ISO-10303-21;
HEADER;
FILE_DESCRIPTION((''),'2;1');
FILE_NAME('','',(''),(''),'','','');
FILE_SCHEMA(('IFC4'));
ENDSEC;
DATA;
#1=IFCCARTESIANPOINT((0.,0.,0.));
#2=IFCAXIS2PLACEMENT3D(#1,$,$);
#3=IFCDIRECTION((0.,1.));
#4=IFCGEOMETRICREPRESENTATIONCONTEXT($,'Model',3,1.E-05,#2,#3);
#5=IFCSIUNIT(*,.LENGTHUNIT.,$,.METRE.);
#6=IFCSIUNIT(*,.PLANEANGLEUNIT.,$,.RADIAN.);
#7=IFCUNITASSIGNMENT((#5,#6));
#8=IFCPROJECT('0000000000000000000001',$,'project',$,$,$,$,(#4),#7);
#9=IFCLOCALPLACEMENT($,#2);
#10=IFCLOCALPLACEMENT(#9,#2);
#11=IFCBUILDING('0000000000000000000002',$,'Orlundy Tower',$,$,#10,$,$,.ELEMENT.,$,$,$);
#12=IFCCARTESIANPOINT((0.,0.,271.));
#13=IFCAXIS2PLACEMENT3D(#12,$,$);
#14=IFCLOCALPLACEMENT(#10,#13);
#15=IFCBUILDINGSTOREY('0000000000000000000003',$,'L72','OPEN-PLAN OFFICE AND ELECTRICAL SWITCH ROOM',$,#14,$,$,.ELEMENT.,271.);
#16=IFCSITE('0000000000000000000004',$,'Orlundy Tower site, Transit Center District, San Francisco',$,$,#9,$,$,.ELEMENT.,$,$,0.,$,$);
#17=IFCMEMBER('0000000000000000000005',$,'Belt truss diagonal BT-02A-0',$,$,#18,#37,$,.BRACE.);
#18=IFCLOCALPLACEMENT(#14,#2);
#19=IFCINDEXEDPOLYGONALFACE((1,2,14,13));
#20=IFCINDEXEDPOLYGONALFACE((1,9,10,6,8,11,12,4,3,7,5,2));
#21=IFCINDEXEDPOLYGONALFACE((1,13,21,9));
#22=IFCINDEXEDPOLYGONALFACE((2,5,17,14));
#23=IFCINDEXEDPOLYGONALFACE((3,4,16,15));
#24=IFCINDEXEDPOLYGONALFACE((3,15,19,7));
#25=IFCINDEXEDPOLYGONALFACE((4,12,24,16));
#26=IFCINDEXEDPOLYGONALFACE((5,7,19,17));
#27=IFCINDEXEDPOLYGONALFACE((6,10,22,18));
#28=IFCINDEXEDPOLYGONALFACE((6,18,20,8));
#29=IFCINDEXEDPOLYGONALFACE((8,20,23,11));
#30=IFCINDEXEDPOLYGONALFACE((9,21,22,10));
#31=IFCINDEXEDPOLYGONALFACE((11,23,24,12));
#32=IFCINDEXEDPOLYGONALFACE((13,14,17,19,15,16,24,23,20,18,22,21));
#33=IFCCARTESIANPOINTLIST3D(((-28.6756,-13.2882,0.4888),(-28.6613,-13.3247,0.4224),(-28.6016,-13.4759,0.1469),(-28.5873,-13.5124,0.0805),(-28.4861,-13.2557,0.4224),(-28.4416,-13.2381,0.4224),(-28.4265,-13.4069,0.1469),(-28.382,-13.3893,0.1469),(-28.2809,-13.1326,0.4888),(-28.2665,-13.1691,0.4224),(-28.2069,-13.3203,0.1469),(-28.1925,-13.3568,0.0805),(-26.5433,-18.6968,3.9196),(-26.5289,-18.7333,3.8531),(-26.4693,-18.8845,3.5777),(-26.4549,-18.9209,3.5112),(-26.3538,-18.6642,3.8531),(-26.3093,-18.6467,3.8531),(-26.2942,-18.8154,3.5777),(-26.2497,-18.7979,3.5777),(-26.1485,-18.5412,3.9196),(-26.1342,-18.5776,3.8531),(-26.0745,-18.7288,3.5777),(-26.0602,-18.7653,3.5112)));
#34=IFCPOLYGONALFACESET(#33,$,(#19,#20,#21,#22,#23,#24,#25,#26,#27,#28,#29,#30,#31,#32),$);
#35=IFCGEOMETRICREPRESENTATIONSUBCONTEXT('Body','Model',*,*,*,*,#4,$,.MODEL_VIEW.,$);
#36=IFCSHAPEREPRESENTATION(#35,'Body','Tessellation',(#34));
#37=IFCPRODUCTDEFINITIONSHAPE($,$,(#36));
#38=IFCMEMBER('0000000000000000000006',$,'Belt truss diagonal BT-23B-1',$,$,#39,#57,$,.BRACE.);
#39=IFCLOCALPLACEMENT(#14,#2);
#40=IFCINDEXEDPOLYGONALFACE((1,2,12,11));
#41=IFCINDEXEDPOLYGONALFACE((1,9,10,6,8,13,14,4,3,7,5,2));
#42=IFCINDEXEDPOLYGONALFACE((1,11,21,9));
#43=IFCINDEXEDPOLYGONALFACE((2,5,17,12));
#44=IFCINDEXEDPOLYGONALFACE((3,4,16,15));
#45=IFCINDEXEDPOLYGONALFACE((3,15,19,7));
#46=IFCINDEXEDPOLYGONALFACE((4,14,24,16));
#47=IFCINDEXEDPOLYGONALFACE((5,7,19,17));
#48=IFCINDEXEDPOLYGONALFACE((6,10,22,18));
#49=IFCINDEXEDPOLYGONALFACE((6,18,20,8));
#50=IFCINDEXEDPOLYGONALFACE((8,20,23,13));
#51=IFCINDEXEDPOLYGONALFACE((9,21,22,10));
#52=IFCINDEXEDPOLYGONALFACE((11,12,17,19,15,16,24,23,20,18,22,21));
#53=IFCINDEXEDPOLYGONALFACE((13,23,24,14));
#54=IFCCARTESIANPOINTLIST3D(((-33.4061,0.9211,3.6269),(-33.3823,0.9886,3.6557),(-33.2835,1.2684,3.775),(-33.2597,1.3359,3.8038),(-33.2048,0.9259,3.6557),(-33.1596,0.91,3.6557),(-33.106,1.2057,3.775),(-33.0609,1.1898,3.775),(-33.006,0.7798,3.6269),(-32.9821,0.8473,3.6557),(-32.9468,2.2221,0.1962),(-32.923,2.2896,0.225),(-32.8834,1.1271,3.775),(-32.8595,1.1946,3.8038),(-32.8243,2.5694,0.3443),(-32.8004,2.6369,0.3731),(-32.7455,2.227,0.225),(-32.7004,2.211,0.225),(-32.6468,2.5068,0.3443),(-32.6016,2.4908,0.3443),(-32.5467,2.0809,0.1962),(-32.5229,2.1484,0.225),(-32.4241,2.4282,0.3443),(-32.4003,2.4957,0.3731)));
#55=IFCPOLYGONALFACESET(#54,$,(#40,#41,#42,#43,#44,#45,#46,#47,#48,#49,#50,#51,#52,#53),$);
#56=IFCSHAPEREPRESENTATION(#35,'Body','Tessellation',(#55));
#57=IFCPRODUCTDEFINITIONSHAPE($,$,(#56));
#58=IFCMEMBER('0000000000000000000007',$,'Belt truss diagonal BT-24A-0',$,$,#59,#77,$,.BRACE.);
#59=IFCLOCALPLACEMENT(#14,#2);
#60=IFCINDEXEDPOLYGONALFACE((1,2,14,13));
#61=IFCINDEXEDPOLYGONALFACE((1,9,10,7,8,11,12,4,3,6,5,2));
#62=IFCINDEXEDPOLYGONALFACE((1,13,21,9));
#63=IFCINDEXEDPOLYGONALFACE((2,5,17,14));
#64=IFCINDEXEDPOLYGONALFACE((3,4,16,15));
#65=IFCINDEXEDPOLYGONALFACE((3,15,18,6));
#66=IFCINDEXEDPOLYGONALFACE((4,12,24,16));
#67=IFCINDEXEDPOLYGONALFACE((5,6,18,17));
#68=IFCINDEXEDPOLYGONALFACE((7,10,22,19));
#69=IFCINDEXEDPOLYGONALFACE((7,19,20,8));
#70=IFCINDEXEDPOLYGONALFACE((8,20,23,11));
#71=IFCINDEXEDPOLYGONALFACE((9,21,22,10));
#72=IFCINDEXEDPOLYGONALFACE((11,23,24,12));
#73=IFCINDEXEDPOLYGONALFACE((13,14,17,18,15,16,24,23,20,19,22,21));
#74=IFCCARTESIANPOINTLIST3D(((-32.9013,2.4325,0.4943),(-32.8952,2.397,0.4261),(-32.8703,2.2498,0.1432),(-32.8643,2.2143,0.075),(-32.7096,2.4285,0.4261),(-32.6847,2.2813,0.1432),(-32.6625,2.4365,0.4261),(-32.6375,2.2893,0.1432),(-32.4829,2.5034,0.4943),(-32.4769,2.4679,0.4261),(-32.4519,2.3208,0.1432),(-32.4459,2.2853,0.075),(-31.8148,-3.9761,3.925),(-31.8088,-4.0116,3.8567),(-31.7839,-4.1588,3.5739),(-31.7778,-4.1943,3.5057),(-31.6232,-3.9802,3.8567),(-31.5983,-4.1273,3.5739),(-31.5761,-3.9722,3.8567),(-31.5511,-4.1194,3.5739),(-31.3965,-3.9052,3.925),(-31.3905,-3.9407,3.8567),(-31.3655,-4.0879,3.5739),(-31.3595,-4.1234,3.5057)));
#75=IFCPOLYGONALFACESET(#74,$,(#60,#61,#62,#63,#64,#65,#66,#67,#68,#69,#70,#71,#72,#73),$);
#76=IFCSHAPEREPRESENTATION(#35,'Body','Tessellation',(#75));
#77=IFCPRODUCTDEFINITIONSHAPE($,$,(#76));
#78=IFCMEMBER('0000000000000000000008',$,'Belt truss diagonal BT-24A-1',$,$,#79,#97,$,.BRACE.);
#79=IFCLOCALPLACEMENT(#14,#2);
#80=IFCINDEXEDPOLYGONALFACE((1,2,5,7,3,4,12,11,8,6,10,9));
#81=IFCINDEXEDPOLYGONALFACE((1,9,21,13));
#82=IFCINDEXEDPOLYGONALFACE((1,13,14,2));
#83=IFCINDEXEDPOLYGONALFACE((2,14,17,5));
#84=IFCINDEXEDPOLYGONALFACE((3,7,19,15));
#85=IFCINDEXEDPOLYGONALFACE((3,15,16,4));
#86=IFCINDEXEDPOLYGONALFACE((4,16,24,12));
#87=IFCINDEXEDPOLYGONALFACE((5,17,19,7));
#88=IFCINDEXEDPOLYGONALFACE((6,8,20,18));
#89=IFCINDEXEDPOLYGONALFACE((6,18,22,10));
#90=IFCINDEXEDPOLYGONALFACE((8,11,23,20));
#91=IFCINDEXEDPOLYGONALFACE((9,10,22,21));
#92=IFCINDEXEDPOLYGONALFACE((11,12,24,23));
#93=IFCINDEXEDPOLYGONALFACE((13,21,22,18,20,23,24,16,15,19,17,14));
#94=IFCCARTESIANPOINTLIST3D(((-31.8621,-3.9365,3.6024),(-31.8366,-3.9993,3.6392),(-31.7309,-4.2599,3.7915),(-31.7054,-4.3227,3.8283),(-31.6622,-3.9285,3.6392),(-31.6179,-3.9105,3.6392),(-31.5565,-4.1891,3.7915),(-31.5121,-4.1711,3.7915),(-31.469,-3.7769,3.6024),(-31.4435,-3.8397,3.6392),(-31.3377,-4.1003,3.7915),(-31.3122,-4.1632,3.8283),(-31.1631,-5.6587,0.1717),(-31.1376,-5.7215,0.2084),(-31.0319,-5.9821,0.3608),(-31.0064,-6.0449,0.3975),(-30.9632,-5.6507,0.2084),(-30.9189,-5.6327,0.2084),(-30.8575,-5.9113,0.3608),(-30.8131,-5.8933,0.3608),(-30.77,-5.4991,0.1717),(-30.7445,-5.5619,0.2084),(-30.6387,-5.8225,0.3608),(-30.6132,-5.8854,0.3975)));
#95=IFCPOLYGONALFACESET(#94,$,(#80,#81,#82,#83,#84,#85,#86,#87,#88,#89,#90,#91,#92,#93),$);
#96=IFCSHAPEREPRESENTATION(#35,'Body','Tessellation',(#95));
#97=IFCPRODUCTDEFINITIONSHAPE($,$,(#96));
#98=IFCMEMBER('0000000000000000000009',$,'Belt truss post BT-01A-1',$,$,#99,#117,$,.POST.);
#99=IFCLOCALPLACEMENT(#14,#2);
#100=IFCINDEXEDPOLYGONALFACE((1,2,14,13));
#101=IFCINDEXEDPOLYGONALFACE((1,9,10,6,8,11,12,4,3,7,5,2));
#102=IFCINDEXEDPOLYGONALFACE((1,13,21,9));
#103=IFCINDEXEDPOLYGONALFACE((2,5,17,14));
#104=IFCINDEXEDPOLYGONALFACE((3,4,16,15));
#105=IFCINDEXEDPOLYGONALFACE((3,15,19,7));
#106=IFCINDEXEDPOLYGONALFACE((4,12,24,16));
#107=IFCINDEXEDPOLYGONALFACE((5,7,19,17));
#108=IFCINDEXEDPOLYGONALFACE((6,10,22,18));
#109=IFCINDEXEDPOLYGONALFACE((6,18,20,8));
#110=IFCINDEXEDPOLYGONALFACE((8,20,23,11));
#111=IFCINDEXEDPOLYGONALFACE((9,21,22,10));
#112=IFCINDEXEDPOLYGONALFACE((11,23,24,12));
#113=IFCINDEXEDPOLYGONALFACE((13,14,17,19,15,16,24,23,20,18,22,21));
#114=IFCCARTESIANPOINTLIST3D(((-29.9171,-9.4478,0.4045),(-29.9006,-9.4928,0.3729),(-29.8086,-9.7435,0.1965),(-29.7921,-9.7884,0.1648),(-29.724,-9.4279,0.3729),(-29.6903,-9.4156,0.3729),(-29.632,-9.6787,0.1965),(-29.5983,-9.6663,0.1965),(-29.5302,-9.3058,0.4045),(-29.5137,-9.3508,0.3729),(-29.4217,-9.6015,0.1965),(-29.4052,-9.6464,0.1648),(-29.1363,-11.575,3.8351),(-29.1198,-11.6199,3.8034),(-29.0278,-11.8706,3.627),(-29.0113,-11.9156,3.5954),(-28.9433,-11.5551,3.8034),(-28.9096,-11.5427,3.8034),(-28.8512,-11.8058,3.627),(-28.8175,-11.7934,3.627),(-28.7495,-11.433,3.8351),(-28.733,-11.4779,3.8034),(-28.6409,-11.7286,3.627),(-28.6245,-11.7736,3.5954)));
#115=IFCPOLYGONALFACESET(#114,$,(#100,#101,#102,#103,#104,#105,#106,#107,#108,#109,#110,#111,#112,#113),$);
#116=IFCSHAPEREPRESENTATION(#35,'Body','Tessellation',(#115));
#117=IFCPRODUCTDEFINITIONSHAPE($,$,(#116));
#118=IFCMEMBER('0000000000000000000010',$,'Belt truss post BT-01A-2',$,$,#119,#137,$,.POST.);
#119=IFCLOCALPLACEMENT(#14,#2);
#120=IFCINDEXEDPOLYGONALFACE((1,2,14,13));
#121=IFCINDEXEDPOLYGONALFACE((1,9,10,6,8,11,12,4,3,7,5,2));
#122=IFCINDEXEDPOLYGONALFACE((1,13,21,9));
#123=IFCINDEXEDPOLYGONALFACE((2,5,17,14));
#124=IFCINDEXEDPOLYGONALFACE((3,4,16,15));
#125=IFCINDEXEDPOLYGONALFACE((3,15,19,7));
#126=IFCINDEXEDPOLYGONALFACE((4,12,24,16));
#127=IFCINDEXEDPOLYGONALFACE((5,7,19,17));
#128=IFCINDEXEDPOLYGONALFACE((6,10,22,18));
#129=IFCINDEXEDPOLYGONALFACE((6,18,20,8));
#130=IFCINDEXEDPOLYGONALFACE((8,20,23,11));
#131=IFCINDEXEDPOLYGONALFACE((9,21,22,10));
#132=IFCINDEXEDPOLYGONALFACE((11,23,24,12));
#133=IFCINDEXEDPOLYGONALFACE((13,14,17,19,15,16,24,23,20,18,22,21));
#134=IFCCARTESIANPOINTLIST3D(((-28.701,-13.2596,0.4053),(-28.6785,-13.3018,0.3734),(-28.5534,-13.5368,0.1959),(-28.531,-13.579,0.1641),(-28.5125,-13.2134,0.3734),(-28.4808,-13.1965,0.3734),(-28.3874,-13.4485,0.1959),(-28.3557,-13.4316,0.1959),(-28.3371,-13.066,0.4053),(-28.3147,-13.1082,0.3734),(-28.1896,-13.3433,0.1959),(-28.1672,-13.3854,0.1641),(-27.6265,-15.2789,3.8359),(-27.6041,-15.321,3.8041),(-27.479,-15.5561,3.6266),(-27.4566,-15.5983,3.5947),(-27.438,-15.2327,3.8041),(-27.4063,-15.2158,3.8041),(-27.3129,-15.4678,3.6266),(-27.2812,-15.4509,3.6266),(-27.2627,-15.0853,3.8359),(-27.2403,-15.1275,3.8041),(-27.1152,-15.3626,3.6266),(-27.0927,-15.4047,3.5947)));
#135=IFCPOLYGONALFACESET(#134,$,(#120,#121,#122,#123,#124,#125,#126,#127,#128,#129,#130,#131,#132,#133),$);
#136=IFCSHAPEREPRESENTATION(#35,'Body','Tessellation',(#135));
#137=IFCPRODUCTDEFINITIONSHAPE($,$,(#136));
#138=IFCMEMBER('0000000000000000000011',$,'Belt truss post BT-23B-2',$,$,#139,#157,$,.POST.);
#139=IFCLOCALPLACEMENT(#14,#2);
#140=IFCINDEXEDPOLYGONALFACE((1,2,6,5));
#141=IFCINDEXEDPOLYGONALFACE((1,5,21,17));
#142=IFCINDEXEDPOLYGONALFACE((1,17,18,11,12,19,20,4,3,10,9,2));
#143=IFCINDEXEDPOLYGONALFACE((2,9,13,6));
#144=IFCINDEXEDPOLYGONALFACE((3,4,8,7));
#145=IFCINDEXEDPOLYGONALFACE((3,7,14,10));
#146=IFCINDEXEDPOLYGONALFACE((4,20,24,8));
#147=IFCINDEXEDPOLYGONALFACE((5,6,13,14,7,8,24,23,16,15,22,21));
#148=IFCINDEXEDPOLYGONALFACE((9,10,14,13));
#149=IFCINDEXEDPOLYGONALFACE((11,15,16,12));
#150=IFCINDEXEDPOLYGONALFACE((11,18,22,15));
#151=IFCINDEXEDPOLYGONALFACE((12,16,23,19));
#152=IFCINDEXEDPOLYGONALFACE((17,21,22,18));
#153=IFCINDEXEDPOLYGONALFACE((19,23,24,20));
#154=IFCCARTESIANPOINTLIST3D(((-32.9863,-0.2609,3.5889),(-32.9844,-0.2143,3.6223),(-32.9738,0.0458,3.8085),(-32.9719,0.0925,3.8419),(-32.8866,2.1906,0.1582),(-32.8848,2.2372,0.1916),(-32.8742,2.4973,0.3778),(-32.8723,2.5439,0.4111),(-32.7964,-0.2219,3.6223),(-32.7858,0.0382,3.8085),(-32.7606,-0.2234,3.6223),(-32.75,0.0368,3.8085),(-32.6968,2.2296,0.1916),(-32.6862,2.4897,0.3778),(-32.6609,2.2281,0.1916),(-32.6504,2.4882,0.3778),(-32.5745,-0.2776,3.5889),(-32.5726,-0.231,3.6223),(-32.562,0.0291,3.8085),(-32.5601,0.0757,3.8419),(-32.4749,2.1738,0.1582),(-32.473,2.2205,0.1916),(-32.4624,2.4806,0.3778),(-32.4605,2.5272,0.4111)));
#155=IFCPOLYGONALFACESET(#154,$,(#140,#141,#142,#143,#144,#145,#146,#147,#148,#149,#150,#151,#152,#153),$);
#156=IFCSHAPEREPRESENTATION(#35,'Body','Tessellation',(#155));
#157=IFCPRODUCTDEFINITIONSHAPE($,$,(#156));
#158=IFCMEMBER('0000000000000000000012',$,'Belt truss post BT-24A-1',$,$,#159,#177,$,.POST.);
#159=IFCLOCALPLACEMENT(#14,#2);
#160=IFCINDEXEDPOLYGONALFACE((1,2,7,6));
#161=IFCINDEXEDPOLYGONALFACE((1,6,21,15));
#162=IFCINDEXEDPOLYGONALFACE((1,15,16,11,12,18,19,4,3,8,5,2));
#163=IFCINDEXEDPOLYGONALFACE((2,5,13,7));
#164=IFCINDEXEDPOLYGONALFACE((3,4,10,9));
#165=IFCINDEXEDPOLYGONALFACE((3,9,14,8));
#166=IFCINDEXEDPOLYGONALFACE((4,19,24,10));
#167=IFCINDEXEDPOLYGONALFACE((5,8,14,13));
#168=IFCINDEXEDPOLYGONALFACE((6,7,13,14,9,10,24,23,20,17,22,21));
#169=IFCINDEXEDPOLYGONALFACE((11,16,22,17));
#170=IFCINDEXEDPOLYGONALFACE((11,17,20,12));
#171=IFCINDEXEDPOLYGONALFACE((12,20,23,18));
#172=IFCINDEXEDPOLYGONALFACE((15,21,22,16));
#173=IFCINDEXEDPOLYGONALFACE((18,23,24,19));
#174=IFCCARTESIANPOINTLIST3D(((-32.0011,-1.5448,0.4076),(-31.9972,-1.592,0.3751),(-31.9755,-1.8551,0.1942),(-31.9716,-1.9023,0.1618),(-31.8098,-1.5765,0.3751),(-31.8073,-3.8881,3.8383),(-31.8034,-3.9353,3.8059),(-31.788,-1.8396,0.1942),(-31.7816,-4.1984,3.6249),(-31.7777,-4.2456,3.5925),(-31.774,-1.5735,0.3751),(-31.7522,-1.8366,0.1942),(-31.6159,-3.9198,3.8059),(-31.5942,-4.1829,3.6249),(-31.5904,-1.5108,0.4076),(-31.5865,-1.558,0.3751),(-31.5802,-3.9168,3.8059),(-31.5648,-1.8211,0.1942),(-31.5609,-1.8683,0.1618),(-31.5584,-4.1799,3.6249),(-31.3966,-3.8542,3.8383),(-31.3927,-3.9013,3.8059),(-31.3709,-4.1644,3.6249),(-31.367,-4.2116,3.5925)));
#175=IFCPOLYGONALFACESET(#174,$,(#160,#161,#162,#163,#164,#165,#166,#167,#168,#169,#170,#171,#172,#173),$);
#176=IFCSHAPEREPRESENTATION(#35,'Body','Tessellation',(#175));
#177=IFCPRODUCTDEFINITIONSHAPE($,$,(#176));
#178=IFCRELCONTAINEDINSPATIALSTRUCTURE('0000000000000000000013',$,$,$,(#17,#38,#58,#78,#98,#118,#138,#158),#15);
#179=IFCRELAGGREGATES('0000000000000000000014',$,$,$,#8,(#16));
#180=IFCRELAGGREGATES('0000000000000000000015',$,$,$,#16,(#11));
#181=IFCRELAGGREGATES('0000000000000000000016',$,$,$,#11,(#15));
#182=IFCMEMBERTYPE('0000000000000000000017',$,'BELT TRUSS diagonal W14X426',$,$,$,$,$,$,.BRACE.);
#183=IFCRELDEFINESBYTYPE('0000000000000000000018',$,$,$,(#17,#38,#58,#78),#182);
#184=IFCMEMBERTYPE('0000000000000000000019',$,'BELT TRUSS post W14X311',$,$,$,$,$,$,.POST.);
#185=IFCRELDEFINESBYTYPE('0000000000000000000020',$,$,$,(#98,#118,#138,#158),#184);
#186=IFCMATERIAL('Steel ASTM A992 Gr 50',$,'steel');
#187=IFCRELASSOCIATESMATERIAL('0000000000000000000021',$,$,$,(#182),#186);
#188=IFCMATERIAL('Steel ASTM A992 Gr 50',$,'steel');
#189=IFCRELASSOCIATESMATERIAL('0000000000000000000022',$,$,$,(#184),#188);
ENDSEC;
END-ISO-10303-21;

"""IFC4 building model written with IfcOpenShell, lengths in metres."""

from ifc_helpers import new_model, si_unit, direction, frame, origin, origin_2d, place, context, subcontext, project, spatial, i_section, extrude, material, material_profile, profile_set, type_object, element, save


model = new_model("IFC4")

# Units and contexts
model_context = context("Model", 3, precision=1e-05, world=origin(), true_north=direction((0.0, 1.0)))
body_context = subcontext(model_context, "Body", "Model", "MODEL_VIEW")
ifc_project = project(units=[si_unit("LENGTHUNIT", "METRE"), si_unit("PLANEANGLEUNIT", "RADIAN")], contexts=[model_context])

# Site, building, storey
site_placement = place(None, origin())
site = spatial("IfcSite", under=ifc_project, at=site_placement, Name="Orlundy Tower site, Transit Center District, San Francisco", CompositionType="ELEMENT", RefElevation=0.0)
building_placement = place(site_placement, origin())
building = spatial("IfcBuilding", under=site, at=building_placement, Name="Orlundy Tower", CompositionType="ELEMENT")
storey_placement = place(building_placement, frame((0.0, 0.0, 271.0)))
storey = spatial("IfcBuildingStorey", under=building, at=storey_placement, Name="L72", Description="OPEN-PLAN OFFICE AND ELECTRICAL SWITCH ROOM", CompositionType="ELEMENT", Elevation=271.0)

# Members
ifc_material_1 = material(Name="Steel ASTM A992 Gr 50", Category="steel")
ifc_material_profile_1 = material_profile(ifc_material_1, i_section(OverallWidth=0.4243, OverallDepth=0.4741, WebThickness=0.0479, FlangeThickness=0.0771, at=origin_2d()), Name="W14X426")
ifc_profile_set_1 = profile_set([ifc_material_profile_1], Name="Steel ASTM A992 Gr 50")
member_type_1 = type_object("IfcMemberType", Name="BELT TRUSS diagonal W14X426", PredefinedType="BRACE", material=ifc_profile_set_1)
member_1_placement = place(storey_placement, frame((-28.4341, -13.3225, 0.2847), z_axis=(0.315882, -0.801207, 0.508218), x_axis=(0.930307, 0.366781, 0.0)))
element("IfcMember", 1, at=member_1_placement, inside=storey, type_object=member_type_1, Name="Belt truss diagonal BT-02A-0", PredefinedType="BRACE", context=body_context, shape_type="SweptSolid", body=[
    extrude(i_section(OverallWidth=0.4243, OverallDepth=0.4741, WebThickness=0.0479, FlangeThickness=0.0771, at=origin_2d()), origin(), (0.0, 0.0, 1.0), 6.7505),
])
member_2_placement = place(storey_placement, frame((-33.1328, 1.0579, 3.7153), z_axis=(0.124193, 0.351847, -0.927782), x_axis=(-0.942981, 0.332848, 0.0)))
element("IfcMember", 2, at=member_2_placement, inside=storey, type_object=member_type_1, Name="Belt truss diagonal BT-23B-1", PredefinedType="BRACE", context=body_context, shape_type="SweptSolid", body=[
    extrude(i_section(OverallWidth=0.4243, OverallDepth=0.4741, WebThickness=0.0479, FlangeThickness=0.0771, at=origin_2d()), origin(), (0.0, 0.0, 1.0), 3.6978),
])
member_3_placement = place(storey_placement, frame((-32.6736, 2.3589, 0.2847), z_axis=(0.147815, -0.871942, 0.466763), x_axis=(0.985933, 0.167139, 0.0)))
element("IfcMember", 3, at=member_3_placement, inside=storey, type_object=member_type_1, Name="Belt truss diagonal BT-24A-0", PredefinedType="BRACE", context=body_context, shape_type="SweptSolid", body=[
    extrude(i_section(OverallWidth=0.4243, OverallDepth=0.4741, WebThickness=0.0479, FlangeThickness=0.0771, at=origin_2d()), origin(), (0.0, 0.0, 1.0), 7.3499),
])
member_4_placement = place(storey_placement, frame((-31.5872, -4.0498, 3.7153), z_axis=(0.179143, -0.44138, -0.879256), x_axis=(0.92659, 0.376074, 0.0)))
element("IfcMember", 4, at=member_4_placement, inside=storey, type_object=member_type_1, Name="Belt truss diagonal BT-24A-1", PredefinedType="BRACE", context=body_context, shape_type="SweptSolid", body=[
    extrude(i_section(OverallWidth=0.4243, OverallDepth=0.4741, WebThickness=0.0479, FlangeThickness=0.0771, at=origin_2d()), origin(), (0.0, 0.0, 1.0), 3.9019),
])
ifc_material_2 = material(Name="Steel ASTM A992 Gr 50", Category="steel")
ifc_material_profile_2 = material_profile(ifc_material_2, i_section(OverallWidth=0.4121, OverallDepth=0.4348, WebThickness=0.0359, FlangeThickness=0.0574, at=origin_2d()), Name="W14X311")
ifc_profile_set_2 = profile_set([ifc_material_profile_2], Name="Steel ASTM A992 Gr 50")
member_type_2 = type_object("IfcMemberType", Name="BELT TRUSS post W14X311", PredefinedType="POST", material=ifc_profile_set_2)
member_5_placement = place(storey_placement, frame((-29.6611, -9.5471, 0.2847), z_axis=(0.189899, -0.517384, 0.834417), x_axis=(0.938764, 0.344562, 0.0)))
element("IfcMember", 5, at=member_5_placement, inside=storey, type_object=member_type_2, Name="Belt truss post BT-01A-1", PredefinedType="POST", context=body_context, shape_type="SweptSolid", body=[
    extrude(i_section(OverallWidth=0.4121, OverallDepth=0.4348, WebThickness=0.0359, FlangeThickness=0.0574, at=origin_2d()), origin(), (0.0, 0.0, 1.0), 4.1113),
])
member_6_placement = place(storey_placement, frame((-28.4341, -13.3225, 0.2847), z_axis=(0.260584, -0.489728, 0.832023), x_axis=(0.882805, 0.46974, 0.0)))
element("IfcMember", 6, at=member_6_placement, inside=storey, type_object=member_type_2, Name="Belt truss post BT-01A-2", PredefinedType="POST", context=body_context, shape_type="SweptSolid", body=[
    extrude(i_section(OverallWidth=0.4121, OverallDepth=0.4348, WebThickness=0.0359, FlangeThickness=0.0574, at=origin_2d()), origin(), (0.0, 0.0, 1.0), 4.1233),
])
member_7_placement = place(storey_placement, frame((-32.6736, 2.3589, 0.2847), z_axis=(-0.023617, -0.581224, 0.813401), x_axis=(0.999175, -0.0406, 0.0)))
element("IfcMember", 7, at=member_7_placement, inside=storey, type_object=member_type_2, Name="Belt truss post BT-23B-2", PredefinedType="POST", context=body_context, shape_type="SweptSolid", body=[
    extrude(i_section(OverallWidth=0.4121, OverallDepth=0.4348, WebThickness=0.0359, FlangeThickness=0.0574, at=origin_2d()), origin(), (0.0, 0.0, 1.0), 4.2178),
])
member_8_placement = place(storey_placement, frame((-31.781, -1.7065, 0.2847), z_axis=(0.046608, -0.563409, 0.824862), x_axis=(0.996596, 0.082444, 0.0)))
element("IfcMember", 8, at=member_8_placement, inside=storey, type_object=member_type_2, Name="Belt truss post BT-24A-1", PredefinedType="POST", context=body_context, shape_type="SweptSolid", body=[
    extrude(i_section(OverallWidth=0.4121, OverallDepth=0.4348, WebThickness=0.0359, FlangeThickness=0.0574, at=origin_2d()), origin(), (0.0, 0.0, 1.0), 4.1592),
])

save(model, "model.ifc")
